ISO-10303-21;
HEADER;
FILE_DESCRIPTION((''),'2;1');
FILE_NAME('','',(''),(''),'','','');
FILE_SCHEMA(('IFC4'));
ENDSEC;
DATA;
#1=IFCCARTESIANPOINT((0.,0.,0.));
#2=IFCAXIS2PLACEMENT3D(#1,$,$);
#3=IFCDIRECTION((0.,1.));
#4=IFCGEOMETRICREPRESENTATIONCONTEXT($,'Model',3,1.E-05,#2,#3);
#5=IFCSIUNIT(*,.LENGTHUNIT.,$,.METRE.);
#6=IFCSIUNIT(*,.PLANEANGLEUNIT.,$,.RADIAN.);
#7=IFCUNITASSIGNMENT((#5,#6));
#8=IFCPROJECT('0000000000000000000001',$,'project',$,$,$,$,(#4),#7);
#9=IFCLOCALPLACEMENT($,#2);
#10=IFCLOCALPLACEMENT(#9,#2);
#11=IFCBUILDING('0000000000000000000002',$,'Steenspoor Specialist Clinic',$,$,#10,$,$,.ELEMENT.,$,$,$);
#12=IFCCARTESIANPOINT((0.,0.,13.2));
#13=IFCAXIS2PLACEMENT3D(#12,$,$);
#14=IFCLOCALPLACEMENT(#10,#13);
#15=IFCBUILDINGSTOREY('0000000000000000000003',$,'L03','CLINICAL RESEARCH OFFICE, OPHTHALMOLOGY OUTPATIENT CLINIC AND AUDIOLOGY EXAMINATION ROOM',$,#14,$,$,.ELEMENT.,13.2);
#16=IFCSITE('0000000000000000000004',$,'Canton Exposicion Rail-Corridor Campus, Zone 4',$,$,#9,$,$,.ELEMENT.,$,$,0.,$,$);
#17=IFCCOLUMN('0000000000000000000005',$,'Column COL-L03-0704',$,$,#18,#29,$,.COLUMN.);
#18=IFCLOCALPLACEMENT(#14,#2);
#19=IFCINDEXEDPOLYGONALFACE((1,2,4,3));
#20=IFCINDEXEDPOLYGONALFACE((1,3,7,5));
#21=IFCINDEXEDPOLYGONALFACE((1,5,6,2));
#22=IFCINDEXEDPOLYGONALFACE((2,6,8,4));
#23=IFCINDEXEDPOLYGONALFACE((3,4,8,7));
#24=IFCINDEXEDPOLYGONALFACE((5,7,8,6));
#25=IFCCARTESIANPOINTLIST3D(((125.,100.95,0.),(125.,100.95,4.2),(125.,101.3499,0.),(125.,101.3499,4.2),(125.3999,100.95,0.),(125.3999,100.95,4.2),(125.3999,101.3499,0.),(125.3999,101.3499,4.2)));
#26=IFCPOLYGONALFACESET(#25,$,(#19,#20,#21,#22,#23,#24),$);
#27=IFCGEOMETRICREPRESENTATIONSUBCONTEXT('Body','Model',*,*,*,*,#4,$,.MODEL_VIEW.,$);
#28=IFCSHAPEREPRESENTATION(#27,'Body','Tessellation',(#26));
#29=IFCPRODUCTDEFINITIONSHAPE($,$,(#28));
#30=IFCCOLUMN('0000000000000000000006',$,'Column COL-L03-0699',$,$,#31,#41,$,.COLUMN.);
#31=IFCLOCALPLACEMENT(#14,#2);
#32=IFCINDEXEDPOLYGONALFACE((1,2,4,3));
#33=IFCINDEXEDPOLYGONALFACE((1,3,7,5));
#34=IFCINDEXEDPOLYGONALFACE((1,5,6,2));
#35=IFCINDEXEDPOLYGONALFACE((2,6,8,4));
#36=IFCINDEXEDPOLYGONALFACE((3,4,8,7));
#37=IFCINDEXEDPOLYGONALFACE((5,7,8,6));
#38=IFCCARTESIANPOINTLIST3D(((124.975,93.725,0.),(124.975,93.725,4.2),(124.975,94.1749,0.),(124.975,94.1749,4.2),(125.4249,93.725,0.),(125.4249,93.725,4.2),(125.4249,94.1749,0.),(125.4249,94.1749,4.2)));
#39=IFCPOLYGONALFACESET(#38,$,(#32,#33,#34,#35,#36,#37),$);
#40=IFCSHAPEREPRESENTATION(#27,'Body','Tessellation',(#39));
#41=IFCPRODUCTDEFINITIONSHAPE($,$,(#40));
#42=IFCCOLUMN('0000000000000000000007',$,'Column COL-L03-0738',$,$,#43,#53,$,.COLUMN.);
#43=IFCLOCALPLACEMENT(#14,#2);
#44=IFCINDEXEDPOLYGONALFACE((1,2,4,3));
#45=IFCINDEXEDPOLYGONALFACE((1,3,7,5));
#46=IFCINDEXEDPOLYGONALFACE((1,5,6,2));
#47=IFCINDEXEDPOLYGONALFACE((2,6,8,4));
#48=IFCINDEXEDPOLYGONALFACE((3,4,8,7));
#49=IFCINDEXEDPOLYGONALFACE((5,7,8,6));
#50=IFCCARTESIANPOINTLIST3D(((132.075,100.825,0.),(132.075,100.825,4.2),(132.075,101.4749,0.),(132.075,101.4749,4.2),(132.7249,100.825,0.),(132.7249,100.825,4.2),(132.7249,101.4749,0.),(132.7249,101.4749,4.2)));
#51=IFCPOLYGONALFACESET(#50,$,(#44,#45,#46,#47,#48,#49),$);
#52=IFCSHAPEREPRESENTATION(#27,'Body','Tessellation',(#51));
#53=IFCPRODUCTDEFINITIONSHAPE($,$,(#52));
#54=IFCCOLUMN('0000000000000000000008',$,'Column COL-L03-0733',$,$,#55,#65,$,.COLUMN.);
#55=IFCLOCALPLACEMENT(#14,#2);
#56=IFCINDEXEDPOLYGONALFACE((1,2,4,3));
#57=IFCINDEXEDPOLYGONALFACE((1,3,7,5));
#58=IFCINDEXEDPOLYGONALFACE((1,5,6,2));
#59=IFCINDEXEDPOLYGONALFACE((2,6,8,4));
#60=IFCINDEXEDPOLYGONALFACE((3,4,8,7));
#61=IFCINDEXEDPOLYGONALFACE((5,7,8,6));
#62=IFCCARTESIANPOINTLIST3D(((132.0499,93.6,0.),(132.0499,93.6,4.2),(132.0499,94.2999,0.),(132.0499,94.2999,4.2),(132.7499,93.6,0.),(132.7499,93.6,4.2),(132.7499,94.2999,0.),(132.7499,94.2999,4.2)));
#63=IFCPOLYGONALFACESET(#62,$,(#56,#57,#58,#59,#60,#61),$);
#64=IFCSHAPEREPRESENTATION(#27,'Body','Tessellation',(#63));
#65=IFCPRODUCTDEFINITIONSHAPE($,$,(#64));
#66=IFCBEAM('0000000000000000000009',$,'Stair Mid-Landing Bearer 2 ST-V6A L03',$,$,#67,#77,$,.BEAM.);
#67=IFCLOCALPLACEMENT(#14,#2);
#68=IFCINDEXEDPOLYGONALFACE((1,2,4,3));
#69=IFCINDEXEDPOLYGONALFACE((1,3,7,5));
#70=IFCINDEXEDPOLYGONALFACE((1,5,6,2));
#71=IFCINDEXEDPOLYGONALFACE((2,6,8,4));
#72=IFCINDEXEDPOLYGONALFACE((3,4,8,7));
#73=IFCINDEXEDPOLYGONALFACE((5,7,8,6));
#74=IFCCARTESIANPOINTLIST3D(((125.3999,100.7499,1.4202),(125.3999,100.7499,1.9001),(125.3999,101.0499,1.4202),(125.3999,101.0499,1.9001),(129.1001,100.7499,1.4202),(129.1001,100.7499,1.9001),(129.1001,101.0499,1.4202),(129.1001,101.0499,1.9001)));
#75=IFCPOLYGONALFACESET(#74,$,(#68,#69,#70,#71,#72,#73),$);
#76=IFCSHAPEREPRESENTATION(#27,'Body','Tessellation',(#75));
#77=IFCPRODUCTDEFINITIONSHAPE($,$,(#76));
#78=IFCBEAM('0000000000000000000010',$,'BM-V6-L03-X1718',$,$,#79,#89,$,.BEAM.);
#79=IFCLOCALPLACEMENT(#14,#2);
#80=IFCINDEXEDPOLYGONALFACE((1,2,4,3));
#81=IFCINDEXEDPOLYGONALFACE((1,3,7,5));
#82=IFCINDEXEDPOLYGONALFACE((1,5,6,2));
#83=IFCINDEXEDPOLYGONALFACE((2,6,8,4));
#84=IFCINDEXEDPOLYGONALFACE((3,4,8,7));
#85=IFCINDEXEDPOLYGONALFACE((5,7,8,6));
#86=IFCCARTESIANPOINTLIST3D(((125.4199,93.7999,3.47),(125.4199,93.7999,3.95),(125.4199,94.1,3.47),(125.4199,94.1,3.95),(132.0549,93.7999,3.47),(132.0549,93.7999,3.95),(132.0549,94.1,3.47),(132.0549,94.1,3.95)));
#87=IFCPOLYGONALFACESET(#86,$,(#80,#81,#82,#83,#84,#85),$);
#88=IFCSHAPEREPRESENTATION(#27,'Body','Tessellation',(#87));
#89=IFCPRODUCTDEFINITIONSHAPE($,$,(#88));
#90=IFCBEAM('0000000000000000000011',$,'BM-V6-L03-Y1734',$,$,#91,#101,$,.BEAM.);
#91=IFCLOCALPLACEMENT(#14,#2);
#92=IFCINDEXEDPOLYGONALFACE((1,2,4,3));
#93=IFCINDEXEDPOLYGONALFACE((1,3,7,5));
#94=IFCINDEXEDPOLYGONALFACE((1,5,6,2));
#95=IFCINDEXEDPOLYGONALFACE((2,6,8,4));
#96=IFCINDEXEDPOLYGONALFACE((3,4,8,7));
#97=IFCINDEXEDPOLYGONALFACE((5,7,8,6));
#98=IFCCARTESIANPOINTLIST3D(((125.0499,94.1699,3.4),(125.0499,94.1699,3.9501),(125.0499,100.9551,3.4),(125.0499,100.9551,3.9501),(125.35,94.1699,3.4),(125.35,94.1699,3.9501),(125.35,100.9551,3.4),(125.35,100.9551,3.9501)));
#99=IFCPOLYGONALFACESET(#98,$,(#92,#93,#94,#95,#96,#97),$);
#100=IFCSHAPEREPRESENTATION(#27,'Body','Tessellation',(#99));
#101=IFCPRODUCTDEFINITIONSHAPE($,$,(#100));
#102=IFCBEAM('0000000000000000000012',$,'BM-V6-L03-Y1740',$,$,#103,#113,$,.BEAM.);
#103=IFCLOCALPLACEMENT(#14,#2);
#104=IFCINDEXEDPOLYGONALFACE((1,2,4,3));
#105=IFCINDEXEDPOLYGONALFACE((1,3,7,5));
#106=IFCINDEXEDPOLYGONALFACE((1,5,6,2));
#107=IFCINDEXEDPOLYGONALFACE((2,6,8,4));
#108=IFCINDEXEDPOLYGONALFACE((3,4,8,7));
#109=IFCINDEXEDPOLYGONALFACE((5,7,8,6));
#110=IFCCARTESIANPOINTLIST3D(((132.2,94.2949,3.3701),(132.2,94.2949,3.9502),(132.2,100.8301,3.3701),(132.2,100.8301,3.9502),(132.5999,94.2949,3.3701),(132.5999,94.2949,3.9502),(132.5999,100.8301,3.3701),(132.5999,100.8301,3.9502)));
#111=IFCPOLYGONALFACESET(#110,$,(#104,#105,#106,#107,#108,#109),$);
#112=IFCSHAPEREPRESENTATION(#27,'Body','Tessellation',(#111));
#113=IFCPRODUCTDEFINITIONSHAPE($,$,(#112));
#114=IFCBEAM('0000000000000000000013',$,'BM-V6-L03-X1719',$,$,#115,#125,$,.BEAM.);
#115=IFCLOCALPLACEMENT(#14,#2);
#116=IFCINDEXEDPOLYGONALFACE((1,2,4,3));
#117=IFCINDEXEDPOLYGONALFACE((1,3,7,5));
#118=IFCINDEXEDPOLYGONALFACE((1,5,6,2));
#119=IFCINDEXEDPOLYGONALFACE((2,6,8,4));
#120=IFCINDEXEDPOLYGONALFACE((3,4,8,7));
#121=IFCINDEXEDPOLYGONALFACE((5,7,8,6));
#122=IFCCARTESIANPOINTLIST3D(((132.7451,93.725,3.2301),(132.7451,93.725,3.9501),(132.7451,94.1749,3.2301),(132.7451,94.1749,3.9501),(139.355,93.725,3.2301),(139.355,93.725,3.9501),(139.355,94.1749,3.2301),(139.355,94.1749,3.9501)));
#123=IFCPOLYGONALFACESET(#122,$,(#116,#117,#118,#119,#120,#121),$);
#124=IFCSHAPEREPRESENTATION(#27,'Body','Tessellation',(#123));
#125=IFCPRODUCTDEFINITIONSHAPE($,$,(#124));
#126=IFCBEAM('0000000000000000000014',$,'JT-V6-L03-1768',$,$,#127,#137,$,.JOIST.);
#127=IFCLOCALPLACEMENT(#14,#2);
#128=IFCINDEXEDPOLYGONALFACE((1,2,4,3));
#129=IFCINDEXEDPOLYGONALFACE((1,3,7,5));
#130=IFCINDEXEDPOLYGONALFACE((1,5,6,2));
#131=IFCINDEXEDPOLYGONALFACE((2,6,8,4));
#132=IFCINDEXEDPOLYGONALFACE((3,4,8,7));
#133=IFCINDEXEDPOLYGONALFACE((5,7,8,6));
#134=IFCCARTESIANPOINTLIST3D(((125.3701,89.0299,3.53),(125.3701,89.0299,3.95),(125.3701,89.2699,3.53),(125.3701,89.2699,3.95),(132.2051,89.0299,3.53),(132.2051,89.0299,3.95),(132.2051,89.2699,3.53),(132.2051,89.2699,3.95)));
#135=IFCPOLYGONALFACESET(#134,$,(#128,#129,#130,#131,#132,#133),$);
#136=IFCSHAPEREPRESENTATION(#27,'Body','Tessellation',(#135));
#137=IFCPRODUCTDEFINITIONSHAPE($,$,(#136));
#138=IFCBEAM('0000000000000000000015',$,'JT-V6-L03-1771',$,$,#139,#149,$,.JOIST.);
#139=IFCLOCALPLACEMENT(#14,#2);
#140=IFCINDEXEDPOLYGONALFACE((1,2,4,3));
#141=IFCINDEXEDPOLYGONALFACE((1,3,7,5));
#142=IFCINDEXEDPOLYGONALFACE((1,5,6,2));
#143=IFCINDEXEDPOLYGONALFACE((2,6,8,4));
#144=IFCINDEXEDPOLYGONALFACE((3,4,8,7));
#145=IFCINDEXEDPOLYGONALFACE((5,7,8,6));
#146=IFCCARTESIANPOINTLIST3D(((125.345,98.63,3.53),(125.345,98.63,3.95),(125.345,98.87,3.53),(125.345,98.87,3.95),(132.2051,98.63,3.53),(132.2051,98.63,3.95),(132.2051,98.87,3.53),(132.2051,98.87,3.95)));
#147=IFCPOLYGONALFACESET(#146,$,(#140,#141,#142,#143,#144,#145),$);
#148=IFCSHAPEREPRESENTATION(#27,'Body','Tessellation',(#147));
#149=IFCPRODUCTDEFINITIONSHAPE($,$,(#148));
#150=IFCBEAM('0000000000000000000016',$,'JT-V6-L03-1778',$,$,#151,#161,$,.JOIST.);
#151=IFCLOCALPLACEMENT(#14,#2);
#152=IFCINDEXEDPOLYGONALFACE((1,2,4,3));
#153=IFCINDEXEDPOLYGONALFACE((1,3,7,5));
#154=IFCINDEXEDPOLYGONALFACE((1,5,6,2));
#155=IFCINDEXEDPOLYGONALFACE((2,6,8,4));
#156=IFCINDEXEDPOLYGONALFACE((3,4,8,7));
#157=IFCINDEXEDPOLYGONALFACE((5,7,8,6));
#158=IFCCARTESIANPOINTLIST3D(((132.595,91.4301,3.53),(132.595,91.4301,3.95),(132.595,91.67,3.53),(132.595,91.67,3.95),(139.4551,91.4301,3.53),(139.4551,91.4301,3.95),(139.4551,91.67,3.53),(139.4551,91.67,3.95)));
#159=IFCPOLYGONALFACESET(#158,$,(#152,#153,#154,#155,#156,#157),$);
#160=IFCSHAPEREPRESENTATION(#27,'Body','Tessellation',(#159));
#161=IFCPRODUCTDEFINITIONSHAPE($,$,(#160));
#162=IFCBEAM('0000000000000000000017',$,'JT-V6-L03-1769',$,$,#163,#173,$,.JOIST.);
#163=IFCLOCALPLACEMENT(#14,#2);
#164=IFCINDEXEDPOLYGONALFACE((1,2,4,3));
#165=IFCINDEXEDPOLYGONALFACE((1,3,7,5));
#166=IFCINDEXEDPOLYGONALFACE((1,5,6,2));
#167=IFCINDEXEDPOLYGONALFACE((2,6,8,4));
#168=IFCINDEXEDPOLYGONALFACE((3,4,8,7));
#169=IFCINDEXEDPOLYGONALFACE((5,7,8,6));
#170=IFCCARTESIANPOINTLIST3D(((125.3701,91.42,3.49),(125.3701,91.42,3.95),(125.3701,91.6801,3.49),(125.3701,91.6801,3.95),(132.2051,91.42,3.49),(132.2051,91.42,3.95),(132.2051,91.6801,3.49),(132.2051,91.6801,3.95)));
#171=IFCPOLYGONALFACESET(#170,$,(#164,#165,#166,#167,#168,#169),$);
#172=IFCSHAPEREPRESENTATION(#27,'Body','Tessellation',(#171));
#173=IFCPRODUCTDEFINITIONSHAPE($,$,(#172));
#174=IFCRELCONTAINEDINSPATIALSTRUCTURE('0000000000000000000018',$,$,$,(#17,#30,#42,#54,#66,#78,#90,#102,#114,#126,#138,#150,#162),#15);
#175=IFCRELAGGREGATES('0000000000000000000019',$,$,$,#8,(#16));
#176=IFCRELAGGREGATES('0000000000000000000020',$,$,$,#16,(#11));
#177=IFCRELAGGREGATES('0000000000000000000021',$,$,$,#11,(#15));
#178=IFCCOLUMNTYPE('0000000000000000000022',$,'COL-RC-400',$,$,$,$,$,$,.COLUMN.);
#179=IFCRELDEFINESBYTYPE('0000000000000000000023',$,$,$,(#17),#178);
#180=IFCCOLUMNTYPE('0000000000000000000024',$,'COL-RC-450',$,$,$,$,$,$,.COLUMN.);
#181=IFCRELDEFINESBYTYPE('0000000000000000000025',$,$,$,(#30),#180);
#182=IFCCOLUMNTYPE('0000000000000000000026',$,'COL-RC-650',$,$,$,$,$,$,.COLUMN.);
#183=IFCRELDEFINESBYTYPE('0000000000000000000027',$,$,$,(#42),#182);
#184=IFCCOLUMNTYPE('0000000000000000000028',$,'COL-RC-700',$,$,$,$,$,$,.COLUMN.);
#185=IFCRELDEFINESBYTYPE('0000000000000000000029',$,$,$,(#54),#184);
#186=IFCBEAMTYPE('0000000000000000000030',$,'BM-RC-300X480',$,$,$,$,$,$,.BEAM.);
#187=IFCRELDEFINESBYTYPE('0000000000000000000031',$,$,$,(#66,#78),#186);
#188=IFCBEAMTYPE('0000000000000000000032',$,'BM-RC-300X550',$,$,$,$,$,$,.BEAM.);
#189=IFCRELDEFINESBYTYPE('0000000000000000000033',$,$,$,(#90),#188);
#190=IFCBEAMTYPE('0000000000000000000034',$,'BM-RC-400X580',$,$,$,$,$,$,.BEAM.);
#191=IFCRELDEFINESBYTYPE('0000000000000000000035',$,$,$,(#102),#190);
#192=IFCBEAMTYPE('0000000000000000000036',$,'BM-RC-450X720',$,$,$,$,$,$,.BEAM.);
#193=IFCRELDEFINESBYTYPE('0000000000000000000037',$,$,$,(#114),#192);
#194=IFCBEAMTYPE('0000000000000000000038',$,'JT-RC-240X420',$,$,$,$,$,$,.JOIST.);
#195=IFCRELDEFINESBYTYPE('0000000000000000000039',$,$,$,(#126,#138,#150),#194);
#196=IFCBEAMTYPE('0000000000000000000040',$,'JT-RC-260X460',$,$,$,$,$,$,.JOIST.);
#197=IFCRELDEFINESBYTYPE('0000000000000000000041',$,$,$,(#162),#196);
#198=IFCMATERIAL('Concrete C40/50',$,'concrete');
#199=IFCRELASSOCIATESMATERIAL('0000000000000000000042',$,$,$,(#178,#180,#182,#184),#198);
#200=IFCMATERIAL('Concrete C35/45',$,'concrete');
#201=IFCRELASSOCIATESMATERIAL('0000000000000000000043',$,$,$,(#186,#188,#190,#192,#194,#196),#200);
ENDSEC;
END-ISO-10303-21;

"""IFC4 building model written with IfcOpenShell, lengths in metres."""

from ifc_helpers import new_model, si_unit, direction, frame, origin, origin_2d, place, context, subcontext, project, spatial, rectangle, extrude, material, material_profile, profile_set, type_object, element, save


model = new_model("IFC4")

# Units and contexts
model_context = context("Model", 3, precision=1e-05, world=origin(), true_north=direction((0.0, 1.0)))
body_context = subcontext(model_context, "Body", "Model", "MODEL_VIEW")
ifc_project = project(units=[si_unit("LENGTHUNIT", "METRE"), si_unit("PLANEANGLEUNIT", "RADIAN")], contexts=[model_context])

# Site, building, storey
site_placement = place(None, origin())
site = spatial("IfcSite", under=ifc_project, at=site_placement, Name="Canton Exposicion Rail-Corridor Campus, Zone 4", CompositionType="ELEMENT", RefElevation=0.0)
building_placement = place(site_placement, origin())
building = spatial("IfcBuilding", under=site, at=building_placement, Name="Steenspoor Specialist Clinic", CompositionType="ELEMENT")
storey_placement = place(building_placement, frame((0.0, 0.0, 13.2)))
storey = spatial("IfcBuildingStorey", under=building, at=storey_placement, Name="L03", Description="CLINICAL RESEARCH OFFICE, OPHTHALMOLOGY OUTPATIENT CLINIC AND AUDIOLOGY EXAMINATION ROOM", CompositionType="ELEMENT", Elevation=13.2)

# Columns
ifc_material_1 = material(Name="Concrete C40/50", Category="concrete")
ifc_material_profile_1 = material_profile(ifc_material_1, rectangle(XDim=0.3999, YDim=0.3999, at=origin_2d()), Name="RC-COL-400X400")
ifc_profile_set_1 = profile_set([ifc_material_profile_1], Name="Concrete C40/50")
column_type_1 = type_object("IfcColumnType", Name="COL-RC-400", PredefinedType="COLUMN", material=ifc_profile_set_1)
column_1_placement = place(storey_placement, frame((125.2, 101.1499, 0.0), z_axis=(0.0, 0.0, 1.0), x_axis=(1.0, 0.0, 0.0)))
element("IfcColumn", 1, at=column_1_placement, inside=storey, type_object=column_type_1, Name="Column COL-L03-0704", PredefinedType="COLUMN", context=body_context, shape_type="SweptSolid", body=[
    extrude(rectangle(XDim=0.3999, YDim=0.3999, at=origin_2d()), origin(), (0.0, 0.0, 1.0), 4.2),
])
ifc_material_profile_2 = material_profile(ifc_material_1, rectangle(XDim=0.45, YDim=0.45, at=origin_2d()), Name="RC-COL-450X450")
ifc_profile_set_2 = profile_set([ifc_material_profile_2], Name="Concrete C40/50")
column_type_2 = type_object("IfcColumnType", Name="COL-RC-450", PredefinedType="COLUMN", material=ifc_profile_set_2)
column_2_placement = place(storey_placement, frame((125.2, 93.95, 0.0), z_axis=(0.0, 0.0, 1.0), x_axis=(1.0, 0.0, 0.0)))
element("IfcColumn", 2, at=column_2_placement, inside=storey, type_object=column_type_2, Name="Column COL-L03-0699", PredefinedType="COLUMN", context=body_context, shape_type="SweptSolid", body=[
    extrude(rectangle(XDim=0.45, YDim=0.45, at=origin_2d()), origin(), (0.0, 0.0, 1.0), 4.2),
])
ifc_material_profile_3 = material_profile(ifc_material_1, rectangle(XDim=0.6499, YDim=0.6499, at=origin_2d()), Name="RC-COL-650X650")
ifc_profile_set_3 = profile_set([ifc_material_profile_3], Name="Concrete C40/50")
column_type_3 = type_object("IfcColumnType", Name="COL-RC-650", PredefinedType="COLUMN", material=ifc_profile_set_3)
column_3_placement = place(storey_placement, frame((132.3999, 101.1499, 0.0), z_axis=(0.0, 0.0, 1.0), x_axis=(1.0, 0.0, 0.0)))
element("IfcColumn", 3, at=column_3_placement, inside=storey, type_object=column_type_3, Name="Column COL-L03-0738", PredefinedType="COLUMN", context=body_context, shape_type="SweptSolid", body=[
    extrude(rectangle(XDim=0.6499, YDim=0.6499, at=origin_2d()), origin(), (0.0, 0.0, 1.0), 4.2),
])
ifc_material_profile_4 = material_profile(ifc_material_1, rectangle(XDim=0.7, YDim=0.7, at=origin_2d()), Name="RC-COL-700X700")
ifc_profile_set_4 = profile_set([ifc_material_profile_4], Name="Concrete C40/50")
column_type_4 = type_object("IfcColumnType", Name="COL-RC-700", PredefinedType="COLUMN", material=ifc_profile_set_4)
column_4_placement = place(storey_placement, frame((132.3999, 93.95, 0.0), z_axis=(0.0, 0.0, 1.0), x_axis=(1.0, 0.0, 0.0)))
element("IfcColumn", 4, at=column_4_placement, inside=storey, type_object=column_type_4, Name="Column COL-L03-0733", PredefinedType="COLUMN", context=body_context, shape_type="SweptSolid", body=[
    extrude(rectangle(XDim=0.7, YDim=0.7, at=origin_2d()), origin(), (0.0, 0.0, 1.0), 4.2),
])

# Beams
ifc_material_2 = material(Name="Concrete C35/45", Category="concrete")
ifc_material_profile_5 = material_profile(ifc_material_2, rectangle(XDim=0.3, YDim=0.48, at=origin_2d()), Name="RC-BM-300X480")
ifc_profile_set_5 = profile_set([ifc_material_profile_5], Name="Concrete C35/45")
beam_type_1 = type_object("IfcBeamType", Name="BM-RC-300X480", PredefinedType="BEAM", material=ifc_profile_set_5)
beam_1_placement = place(storey_placement, frame((125.3999, 100.8999, 1.6602), z_axis=(1.0, 0.0, 0.0), x_axis=(0.0, 1.0, 0.0)))
element("IfcBeam", 5, at=beam_1_placement, inside=storey, type_object=beam_type_1, Name="Stair Mid-Landing Bearer 2 ST-V6A L03", PredefinedType="BEAM", context=body_context, shape_type="SweptSolid", body=[
    extrude(rectangle(XDim=0.3, YDim=0.48, at=origin_2d()), origin(), (0.0, 0.0, 1.0), 3.7002),
])
beam_2_placement = place(storey_placement, frame((125.4199, 93.95, 3.71), z_axis=(1.0, 0.0, 0.0), x_axis=(0.0, 1.0, 0.0)))
element("IfcBeam", 6, at=beam_2_placement, inside=storey, type_object=beam_type_1, Name="BM-V6-L03-X1718", PredefinedType="BEAM", context=body_context, shape_type="SweptSolid", body=[
    extrude(rectangle(XDim=0.3, YDim=0.48, at=origin_2d()), origin(), (0.0, 0.0, 1.0), 6.635),
])
ifc_material_profile_6 = material_profile(ifc_material_2, rectangle(XDim=0.3, YDim=0.55, at=origin_2d()), Name="RC-BM-300X550")
ifc_profile_set_6 = profile_set([ifc_material_profile_6], Name="Concrete C35/45")
beam_type_2 = type_object("IfcBeamType", Name="BM-RC-300X550", PredefinedType="BEAM", material=ifc_profile_set_6)
beam_3_placement = place(storey_placement, frame((125.2, 94.1699, 3.675), z_axis=(0.0, 1.0, 0.0), x_axis=(-1.0, 0.0, 0.0)))
element("IfcBeam", 7, at=beam_3_placement, inside=storey, type_object=beam_type_2, Name="BM-V6-L03-Y1734", PredefinedType="BEAM", context=body_context, shape_type="SweptSolid", body=[
    extrude(rectangle(XDim=0.3, YDim=0.55, at=origin_2d()), origin(), (0.0, 0.0, 1.0), 6.7852),
])
ifc_material_profile_7 = material_profile(ifc_material_2, rectangle(XDim=0.3999, YDim=0.5801, at=origin_2d()), Name="RC-BM-400X580")
ifc_profile_set_7 = profile_set([ifc_material_profile_7], Name="Concrete C35/45")
beam_type_3 = type_object("IfcBeamType", Name="BM-RC-400X580", PredefinedType="BEAM", material=ifc_profile_set_7)
beam_4_placement = place(storey_placement, frame((132.3999, 94.2949, 3.6602), z_axis=(0.0, 1.0, 0.0), x_axis=(-1.0, 0.0, 0.0)))
element("IfcBeam", 8, at=beam_4_placement, inside=storey, type_object=beam_type_3, Name="BM-V6-L03-Y1740", PredefinedType="BEAM", context=body_context, shape_type="SweptSolid", body=[
    extrude(rectangle(XDim=0.3999, YDim=0.5801, at=origin_2d()), origin(), (0.0, 0.0, 1.0), 6.5352),
])
ifc_material_profile_8 = material_profile(ifc_material_2, rectangle(XDim=0.45, YDim=0.72, at=origin_2d()), Name="RC-BM-450X720")
ifc_profile_set_8 = profile_set([ifc_material_profile_8], Name="Concrete C35/45")
beam_type_4 = type_object("IfcBeamType", Name="BM-RC-450X720", PredefinedType="BEAM", material=ifc_profile_set_8)
beam_5_placement = place(storey_placement, frame((132.7451, 93.95, 3.5901), z_axis=(1.0, 0.0, 0.0), x_axis=(0.0, 1.0, 0.0)))
element("IfcBeam", 9, at=beam_5_placement, inside=storey, type_object=beam_type_4, Name="BM-V6-L03-X1719", PredefinedType="BEAM", context=body_context, shape_type="SweptSolid", body=[
    extrude(rectangle(XDim=0.45, YDim=0.72, at=origin_2d()), origin(), (0.0, 0.0, 1.0), 6.6099),
])
ifc_material_profile_9 = material_profile(ifc_material_2, rectangle(XDim=0.24, YDim=0.4199, at=origin_2d()), Name="RC-JT-240X420")
ifc_profile_set_9 = profile_set([ifc_material_profile_9], Name="Concrete C35/45")
beam_type_5 = type_object("IfcBeamType", Name="JT-RC-240X420", PredefinedType="JOIST", material=ifc_profile_set_9)
beam_6_placement = place(storey_placement, frame((125.3701, 89.1499, 3.74), z_axis=(1.0, 0.0, 0.0), x_axis=(0.0, 1.0, 0.0)))
element("IfcBeam", 10, at=beam_6_placement, inside=storey, type_object=beam_type_5, Name="JT-V6-L03-1768", PredefinedType="JOIST", context=body_context, shape_type="SweptSolid", body=[
    extrude(rectangle(XDim=0.24, YDim=0.4199, at=origin_2d()), origin(), (0.0, 0.0, 1.0), 6.835),
])
for number, where, z_axis, x_axis, name in (
    (11, (125.345, 98.75, 3.74), (1.0, 0.0, 0.0), (0.0, 1.0, 0.0), "JT-V6-L03-1771"),
    (12, (132.595, 91.55, 3.74), (1.0, 0.0, 0.0), (0.0, 1.0, 0.0), "JT-V6-L03-1778"),
):
    element("IfcBeam", number, at=place(storey_placement, frame(where, z_axis=z_axis, x_axis=x_axis)), inside=storey, type_object=beam_type_5, Name=name, PredefinedType="JOIST", context=body_context, shape_type="SweptSolid", body=[
        extrude(rectangle(XDim=0.24, YDim=0.4199, at=origin_2d()), origin(), (0.0, 0.0, 1.0), 6.8601),
    ])
ifc_material_profile_10 = material_profile(ifc_material_2, rectangle(XDim=0.26, YDim=0.46, at=origin_2d()), Name="RC-JT-260X460")
ifc_profile_set_10 = profile_set([ifc_material_profile_10], Name="Concrete C35/45")
beam_type_6 = type_object("IfcBeamType", Name="JT-RC-260X460", PredefinedType="JOIST", material=ifc_profile_set_10)
beam_7_placement = place(storey_placement, frame((125.3701, 91.55, 3.72), z_axis=(1.0, 0.0, 0.0), x_axis=(0.0, 1.0, 0.0)))
element("IfcBeam", 13, at=beam_7_placement, inside=storey, type_object=beam_type_6, Name="JT-V6-L03-1769", PredefinedType="JOIST", context=body_context, shape_type="SweptSolid", body=[
    extrude(rectangle(XDim=0.26, YDim=0.46, at=origin_2d()), origin(), (0.0, 0.0, 1.0), 6.835),
])

save(model, "model.ifc")
